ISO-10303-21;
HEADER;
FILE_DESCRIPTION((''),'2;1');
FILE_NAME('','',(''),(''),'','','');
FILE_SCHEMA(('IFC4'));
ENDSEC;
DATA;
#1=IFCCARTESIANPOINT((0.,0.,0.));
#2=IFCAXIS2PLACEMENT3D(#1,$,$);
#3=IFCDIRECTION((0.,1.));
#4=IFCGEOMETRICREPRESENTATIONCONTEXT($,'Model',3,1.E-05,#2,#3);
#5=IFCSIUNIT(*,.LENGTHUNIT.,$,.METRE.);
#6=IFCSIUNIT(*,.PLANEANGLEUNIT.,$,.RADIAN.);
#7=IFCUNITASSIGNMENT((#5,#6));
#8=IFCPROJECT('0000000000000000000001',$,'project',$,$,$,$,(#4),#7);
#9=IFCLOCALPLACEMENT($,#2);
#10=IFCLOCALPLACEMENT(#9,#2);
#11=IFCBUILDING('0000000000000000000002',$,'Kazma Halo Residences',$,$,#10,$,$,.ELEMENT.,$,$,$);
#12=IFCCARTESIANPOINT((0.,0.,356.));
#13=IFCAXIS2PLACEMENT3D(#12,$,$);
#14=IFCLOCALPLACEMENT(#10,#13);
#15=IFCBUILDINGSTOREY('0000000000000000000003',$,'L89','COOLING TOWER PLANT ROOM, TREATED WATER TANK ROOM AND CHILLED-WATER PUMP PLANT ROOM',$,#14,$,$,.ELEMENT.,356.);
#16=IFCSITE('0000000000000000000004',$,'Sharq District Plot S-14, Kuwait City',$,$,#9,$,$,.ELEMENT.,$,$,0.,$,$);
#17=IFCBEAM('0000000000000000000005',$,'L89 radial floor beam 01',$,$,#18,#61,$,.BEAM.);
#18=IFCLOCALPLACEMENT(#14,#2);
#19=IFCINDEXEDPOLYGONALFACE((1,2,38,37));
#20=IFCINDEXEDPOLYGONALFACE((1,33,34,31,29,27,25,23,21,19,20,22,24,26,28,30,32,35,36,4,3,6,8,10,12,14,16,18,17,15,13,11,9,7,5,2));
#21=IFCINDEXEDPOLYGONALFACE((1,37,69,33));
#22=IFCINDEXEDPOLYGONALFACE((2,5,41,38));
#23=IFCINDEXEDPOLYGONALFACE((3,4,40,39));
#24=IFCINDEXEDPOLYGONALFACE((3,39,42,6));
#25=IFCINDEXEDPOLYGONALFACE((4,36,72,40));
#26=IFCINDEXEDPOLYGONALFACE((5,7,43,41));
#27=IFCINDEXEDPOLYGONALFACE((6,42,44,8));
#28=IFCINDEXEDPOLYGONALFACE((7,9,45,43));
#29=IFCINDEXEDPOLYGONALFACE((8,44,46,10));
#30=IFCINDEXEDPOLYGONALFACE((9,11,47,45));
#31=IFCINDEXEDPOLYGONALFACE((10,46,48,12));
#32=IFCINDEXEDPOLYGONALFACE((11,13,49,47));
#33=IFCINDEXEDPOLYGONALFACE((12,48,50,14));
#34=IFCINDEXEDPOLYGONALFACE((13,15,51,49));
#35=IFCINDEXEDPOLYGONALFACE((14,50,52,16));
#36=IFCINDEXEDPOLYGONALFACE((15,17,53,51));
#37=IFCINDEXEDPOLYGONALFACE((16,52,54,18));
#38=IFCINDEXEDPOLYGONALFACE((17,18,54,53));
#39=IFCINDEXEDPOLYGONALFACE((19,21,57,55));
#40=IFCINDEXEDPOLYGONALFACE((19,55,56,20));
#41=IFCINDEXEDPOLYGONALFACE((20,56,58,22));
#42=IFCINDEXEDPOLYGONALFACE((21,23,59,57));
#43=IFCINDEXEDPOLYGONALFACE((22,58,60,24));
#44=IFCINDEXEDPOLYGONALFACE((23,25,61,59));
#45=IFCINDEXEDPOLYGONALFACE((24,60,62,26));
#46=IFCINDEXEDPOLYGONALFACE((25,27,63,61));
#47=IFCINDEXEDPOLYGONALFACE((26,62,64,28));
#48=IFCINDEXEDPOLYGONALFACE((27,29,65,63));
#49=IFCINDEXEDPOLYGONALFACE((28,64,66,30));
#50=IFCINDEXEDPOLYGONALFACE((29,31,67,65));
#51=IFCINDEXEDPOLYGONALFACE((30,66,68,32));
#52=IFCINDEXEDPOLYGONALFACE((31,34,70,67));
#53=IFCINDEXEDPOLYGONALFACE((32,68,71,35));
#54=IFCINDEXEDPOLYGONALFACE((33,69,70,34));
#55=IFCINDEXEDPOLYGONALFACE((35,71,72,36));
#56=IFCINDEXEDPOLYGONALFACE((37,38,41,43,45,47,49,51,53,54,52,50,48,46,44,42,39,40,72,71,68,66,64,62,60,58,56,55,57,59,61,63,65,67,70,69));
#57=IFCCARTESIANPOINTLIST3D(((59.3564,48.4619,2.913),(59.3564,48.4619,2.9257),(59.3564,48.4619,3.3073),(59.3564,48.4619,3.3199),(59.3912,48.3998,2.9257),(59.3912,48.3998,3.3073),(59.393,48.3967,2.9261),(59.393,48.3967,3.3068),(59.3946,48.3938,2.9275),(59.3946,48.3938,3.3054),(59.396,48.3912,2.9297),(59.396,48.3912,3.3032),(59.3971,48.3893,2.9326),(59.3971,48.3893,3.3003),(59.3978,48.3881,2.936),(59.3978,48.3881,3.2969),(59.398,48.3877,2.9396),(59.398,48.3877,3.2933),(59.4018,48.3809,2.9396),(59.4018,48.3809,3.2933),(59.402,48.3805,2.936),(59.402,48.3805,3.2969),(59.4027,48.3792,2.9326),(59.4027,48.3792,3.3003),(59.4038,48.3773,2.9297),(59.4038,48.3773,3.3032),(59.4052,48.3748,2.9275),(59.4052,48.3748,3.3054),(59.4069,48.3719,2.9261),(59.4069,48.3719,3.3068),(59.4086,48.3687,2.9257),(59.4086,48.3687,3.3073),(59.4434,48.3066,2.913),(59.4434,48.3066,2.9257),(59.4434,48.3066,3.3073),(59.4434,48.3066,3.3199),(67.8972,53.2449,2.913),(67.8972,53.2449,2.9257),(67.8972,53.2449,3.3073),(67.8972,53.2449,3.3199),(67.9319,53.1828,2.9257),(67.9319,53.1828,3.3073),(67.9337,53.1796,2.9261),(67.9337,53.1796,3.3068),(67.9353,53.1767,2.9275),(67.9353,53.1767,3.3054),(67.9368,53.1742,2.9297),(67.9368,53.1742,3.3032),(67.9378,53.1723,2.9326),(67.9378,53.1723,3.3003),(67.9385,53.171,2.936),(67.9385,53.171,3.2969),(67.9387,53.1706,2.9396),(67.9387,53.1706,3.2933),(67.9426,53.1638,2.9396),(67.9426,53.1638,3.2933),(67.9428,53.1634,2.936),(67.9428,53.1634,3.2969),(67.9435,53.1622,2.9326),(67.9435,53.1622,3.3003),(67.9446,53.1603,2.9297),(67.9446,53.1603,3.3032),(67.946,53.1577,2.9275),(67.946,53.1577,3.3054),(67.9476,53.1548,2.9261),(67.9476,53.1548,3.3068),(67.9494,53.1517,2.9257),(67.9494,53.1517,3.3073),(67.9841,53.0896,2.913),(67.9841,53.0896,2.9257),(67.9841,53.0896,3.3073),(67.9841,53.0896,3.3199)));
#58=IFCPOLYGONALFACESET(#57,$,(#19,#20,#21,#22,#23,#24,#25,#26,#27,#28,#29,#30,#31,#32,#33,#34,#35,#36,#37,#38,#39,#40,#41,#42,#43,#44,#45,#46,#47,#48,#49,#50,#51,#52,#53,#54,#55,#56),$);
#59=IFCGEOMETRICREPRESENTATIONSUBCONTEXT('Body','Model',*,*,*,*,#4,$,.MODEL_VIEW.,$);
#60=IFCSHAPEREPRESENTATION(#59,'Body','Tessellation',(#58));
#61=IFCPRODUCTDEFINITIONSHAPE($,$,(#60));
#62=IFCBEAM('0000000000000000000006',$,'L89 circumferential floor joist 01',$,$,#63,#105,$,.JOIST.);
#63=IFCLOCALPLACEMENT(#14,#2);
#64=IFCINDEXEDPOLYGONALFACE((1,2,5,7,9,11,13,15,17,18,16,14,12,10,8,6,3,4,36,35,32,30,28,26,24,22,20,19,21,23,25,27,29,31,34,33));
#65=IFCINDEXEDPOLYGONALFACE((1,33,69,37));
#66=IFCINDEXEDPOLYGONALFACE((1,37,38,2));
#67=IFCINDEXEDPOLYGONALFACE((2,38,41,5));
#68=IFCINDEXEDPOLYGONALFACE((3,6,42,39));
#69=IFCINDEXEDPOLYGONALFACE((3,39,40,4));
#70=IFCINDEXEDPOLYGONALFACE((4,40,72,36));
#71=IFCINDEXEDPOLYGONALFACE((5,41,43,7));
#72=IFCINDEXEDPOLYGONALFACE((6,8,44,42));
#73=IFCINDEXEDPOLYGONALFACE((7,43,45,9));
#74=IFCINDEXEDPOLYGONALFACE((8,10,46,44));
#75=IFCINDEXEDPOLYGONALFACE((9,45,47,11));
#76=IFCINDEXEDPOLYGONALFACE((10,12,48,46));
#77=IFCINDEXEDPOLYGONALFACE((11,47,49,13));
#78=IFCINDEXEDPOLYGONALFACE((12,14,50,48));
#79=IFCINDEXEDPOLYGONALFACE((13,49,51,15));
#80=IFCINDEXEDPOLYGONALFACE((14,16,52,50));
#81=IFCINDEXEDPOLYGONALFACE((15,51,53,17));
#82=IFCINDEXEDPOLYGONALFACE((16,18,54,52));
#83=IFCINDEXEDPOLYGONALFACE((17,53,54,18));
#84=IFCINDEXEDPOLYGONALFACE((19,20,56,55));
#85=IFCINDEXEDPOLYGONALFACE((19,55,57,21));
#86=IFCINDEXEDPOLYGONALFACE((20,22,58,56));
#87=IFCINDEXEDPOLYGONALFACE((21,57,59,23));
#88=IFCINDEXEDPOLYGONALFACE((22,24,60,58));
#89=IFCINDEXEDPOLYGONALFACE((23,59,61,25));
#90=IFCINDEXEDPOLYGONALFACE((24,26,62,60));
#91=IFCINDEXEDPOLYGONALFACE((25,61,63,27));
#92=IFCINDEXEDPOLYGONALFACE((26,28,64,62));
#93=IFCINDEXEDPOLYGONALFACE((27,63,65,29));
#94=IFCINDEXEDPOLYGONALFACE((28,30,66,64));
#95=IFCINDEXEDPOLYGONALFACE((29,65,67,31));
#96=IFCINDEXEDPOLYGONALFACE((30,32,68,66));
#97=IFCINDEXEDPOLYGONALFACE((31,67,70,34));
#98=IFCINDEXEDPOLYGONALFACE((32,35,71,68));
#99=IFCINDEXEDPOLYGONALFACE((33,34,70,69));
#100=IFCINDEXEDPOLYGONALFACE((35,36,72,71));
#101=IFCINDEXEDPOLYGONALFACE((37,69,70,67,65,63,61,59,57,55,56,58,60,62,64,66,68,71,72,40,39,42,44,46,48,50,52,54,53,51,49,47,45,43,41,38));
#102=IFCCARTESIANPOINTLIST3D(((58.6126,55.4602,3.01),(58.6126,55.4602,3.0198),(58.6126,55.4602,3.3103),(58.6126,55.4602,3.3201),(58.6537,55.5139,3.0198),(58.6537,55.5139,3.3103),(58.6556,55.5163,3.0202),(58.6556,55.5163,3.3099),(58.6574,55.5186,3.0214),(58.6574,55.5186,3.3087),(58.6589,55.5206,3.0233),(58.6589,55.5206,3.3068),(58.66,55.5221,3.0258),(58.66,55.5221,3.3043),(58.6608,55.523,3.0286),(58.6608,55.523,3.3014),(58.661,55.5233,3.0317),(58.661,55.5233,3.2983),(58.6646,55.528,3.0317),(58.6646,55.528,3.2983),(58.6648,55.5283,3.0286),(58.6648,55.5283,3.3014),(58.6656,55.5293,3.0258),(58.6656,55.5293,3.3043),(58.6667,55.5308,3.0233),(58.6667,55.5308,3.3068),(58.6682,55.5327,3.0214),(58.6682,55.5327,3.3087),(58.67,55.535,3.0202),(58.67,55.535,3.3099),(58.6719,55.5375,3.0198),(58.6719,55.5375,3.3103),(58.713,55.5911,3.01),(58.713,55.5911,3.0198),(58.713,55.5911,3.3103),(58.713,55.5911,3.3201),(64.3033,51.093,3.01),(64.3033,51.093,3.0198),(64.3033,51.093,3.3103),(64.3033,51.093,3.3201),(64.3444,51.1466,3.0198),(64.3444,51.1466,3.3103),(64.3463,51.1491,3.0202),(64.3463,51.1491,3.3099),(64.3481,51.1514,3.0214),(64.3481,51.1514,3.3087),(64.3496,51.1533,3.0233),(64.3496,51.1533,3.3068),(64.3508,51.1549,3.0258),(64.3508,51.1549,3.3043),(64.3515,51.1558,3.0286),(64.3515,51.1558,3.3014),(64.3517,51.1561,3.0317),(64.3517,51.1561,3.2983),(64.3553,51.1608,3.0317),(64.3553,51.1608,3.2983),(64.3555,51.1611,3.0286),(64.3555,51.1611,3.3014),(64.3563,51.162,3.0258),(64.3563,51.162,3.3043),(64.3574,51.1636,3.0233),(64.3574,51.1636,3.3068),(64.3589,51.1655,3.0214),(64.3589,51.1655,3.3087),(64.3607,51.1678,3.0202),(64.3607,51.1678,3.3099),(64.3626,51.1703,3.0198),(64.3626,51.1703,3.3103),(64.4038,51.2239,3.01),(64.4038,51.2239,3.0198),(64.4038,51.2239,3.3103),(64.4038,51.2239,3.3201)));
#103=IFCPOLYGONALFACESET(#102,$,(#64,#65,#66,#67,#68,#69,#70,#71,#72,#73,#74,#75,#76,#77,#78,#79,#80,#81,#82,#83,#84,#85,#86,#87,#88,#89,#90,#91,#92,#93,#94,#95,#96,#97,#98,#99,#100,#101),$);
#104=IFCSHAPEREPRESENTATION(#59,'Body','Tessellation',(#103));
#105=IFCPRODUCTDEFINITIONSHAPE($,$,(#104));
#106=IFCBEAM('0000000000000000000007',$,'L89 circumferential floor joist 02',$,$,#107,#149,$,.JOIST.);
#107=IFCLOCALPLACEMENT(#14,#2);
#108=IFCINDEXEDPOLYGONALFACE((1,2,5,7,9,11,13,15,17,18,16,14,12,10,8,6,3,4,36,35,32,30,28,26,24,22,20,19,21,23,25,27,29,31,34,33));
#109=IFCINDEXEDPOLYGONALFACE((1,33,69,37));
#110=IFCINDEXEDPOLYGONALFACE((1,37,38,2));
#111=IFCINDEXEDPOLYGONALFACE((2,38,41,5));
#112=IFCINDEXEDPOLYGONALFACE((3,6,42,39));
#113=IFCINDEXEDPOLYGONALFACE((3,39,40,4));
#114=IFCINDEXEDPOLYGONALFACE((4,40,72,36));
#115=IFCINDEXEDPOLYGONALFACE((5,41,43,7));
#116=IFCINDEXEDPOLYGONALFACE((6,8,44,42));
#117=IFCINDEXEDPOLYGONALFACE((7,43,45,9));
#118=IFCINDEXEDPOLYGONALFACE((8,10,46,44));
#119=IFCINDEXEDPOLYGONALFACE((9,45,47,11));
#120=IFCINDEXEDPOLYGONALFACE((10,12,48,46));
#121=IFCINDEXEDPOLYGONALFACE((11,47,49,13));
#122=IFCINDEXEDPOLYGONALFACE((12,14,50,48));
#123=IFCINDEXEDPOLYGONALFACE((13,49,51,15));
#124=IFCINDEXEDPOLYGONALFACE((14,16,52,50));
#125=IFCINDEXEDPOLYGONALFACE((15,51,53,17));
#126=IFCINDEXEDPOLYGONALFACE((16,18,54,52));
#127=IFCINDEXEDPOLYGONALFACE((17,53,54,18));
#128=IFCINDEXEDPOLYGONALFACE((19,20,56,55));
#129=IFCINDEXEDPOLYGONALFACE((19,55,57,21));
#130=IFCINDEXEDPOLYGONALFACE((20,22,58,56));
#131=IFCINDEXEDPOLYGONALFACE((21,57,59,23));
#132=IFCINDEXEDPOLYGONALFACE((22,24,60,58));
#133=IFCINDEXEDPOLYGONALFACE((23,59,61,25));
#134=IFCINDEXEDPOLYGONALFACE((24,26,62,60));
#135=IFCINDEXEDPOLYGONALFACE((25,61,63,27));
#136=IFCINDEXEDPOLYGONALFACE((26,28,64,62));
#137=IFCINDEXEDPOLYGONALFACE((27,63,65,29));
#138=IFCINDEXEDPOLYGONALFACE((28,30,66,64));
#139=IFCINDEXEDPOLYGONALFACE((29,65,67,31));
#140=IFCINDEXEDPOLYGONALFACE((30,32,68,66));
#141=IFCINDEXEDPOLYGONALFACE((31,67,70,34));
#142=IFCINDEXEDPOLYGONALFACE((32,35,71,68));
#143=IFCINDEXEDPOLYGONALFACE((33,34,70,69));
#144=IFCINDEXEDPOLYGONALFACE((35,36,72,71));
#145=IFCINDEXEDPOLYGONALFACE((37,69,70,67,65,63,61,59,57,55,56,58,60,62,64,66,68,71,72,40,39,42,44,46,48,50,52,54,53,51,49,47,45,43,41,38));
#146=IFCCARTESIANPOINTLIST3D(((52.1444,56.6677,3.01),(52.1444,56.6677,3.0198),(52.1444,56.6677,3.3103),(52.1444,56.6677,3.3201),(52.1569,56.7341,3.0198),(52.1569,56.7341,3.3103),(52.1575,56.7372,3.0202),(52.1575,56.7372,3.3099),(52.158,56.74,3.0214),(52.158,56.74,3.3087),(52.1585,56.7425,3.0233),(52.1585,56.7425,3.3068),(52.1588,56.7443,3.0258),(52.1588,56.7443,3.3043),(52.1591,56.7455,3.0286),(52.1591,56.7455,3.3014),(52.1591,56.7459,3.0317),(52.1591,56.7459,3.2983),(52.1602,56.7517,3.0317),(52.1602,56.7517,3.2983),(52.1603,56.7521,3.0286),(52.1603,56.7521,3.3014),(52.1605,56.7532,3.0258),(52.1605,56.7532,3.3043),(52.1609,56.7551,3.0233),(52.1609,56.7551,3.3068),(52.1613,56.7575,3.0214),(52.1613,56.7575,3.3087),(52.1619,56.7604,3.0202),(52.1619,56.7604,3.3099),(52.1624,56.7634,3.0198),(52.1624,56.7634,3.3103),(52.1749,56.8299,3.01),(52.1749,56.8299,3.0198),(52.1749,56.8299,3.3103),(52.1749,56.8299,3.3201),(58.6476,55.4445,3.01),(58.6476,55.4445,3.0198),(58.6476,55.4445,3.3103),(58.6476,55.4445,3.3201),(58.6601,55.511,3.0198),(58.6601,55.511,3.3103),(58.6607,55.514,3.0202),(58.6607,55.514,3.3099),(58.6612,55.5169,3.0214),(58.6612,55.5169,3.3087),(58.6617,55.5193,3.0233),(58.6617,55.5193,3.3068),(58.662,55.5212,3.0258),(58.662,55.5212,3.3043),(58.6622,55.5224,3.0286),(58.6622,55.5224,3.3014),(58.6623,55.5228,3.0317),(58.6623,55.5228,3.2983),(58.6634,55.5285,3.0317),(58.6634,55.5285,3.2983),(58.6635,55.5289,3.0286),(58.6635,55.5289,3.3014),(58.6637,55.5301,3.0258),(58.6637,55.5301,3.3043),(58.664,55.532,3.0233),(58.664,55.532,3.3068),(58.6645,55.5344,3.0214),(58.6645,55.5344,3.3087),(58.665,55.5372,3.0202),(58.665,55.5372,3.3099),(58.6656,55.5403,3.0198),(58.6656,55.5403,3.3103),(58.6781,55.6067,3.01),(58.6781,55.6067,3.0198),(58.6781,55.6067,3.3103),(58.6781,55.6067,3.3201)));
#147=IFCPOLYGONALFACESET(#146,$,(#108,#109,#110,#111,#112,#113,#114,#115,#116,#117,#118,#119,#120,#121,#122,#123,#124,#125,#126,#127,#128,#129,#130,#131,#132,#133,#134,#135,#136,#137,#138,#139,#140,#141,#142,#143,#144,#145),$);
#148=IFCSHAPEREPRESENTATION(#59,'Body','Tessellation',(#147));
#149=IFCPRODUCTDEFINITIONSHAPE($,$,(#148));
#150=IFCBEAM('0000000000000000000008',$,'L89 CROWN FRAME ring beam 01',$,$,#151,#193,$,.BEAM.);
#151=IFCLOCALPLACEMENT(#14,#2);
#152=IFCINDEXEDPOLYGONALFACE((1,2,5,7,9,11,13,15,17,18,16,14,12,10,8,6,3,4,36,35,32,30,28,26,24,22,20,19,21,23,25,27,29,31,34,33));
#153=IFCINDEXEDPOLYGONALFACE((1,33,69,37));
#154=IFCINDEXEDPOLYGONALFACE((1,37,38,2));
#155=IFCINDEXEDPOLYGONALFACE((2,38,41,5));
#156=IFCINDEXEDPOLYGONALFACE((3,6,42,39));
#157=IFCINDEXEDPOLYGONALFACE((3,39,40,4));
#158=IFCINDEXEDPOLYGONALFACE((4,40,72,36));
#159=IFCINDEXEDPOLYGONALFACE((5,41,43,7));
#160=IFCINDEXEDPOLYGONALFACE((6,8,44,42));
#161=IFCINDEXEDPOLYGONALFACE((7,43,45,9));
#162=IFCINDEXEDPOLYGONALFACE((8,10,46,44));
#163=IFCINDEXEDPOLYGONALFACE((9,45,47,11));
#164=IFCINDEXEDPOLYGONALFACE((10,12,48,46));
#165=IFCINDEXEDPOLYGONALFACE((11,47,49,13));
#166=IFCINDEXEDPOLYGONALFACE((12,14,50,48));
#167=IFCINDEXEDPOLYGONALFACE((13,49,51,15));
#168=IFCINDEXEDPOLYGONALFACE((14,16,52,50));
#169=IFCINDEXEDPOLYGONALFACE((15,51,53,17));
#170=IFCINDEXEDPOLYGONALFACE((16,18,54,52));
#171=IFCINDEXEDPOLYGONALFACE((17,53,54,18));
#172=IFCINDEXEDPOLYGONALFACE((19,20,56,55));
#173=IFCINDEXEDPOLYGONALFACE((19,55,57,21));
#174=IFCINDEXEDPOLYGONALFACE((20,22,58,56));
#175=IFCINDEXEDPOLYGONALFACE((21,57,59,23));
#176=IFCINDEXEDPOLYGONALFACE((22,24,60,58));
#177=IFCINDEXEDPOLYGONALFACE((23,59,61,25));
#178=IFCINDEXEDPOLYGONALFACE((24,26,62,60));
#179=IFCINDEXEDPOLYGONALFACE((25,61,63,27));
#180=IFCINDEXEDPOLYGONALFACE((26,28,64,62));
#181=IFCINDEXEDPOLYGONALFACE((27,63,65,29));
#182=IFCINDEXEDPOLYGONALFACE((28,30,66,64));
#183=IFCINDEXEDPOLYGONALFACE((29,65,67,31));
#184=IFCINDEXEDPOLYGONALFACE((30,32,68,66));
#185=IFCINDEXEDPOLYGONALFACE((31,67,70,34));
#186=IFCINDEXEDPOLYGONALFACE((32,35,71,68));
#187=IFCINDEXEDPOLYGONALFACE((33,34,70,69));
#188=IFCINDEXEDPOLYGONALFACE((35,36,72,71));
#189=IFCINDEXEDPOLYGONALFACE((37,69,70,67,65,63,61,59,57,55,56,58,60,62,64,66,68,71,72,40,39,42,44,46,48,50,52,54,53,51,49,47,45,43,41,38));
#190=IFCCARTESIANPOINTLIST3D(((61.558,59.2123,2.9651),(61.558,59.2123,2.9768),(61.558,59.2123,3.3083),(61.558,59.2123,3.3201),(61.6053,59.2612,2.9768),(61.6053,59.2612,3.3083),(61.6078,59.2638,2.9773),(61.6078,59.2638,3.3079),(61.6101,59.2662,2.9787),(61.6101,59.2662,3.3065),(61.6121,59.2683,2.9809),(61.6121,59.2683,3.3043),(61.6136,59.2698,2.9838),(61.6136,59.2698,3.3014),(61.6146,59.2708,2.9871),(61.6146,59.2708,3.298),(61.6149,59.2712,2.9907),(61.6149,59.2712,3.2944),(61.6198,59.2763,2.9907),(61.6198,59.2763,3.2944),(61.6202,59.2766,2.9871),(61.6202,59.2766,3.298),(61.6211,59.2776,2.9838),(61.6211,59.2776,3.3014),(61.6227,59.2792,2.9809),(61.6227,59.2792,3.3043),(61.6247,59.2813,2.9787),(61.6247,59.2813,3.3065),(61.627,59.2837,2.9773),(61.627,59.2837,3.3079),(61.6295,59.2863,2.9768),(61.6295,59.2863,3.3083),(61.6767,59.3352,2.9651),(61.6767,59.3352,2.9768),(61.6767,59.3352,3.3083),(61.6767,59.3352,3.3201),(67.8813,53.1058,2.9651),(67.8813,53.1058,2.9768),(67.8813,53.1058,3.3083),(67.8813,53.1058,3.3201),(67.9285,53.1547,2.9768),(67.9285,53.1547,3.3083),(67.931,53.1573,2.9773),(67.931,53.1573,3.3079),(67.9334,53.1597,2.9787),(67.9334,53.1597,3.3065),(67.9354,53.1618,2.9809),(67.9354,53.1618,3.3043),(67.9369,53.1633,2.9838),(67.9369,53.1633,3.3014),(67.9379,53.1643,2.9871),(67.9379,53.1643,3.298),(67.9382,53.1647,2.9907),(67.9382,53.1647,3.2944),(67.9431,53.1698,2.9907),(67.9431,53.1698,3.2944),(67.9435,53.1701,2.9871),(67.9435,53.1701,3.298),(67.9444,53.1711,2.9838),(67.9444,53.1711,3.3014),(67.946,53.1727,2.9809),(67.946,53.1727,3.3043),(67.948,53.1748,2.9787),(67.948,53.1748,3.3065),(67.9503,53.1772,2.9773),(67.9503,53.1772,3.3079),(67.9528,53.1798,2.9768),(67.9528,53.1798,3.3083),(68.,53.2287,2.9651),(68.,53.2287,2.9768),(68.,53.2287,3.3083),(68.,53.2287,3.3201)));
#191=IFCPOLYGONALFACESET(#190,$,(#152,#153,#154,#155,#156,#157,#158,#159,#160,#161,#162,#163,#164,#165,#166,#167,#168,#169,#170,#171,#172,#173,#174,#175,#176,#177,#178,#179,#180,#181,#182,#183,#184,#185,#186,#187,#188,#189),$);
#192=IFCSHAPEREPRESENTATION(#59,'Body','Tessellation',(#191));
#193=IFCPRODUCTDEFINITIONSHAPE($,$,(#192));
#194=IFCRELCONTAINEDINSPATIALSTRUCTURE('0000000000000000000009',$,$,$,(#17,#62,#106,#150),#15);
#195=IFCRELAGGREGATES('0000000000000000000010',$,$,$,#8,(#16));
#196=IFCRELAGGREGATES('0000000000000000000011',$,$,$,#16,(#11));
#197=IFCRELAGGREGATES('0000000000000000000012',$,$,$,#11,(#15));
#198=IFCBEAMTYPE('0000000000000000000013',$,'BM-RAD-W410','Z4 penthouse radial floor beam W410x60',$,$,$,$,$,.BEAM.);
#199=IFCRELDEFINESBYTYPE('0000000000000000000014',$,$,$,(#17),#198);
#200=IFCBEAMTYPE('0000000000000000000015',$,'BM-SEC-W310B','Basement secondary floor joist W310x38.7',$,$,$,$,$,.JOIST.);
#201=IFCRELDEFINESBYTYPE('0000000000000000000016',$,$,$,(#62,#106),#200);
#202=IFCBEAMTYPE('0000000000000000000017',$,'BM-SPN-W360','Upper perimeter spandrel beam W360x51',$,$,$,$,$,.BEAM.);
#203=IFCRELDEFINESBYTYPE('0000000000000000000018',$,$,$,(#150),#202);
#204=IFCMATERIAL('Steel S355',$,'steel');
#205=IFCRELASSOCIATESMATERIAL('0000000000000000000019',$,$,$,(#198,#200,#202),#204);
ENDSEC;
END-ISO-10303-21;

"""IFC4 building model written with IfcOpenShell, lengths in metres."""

from ifc_helpers import new_model, si_unit, direction, frame, origin, origin_2d, place, context, subcontext, project, spatial, i_section, extrude, material, material_profile, profile_set, type_object, element, save


model = new_model("IFC4")

# Units and contexts
model_context = context("Model", 3, precision=1e-05, world=origin(), true_north=direction((0.0, 1.0)))
body_context = subcontext(model_context, "Body", "Model", "MODEL_VIEW")
ifc_project = project(units=[si_unit("LENGTHUNIT", "METRE"), si_unit("PLANEANGLEUNIT", "RADIAN")], contexts=[model_context])

# Site, building, storey
site_placement = place(None, origin())
site = spatial("IfcSite", under=ifc_project, at=site_placement, Name="Sharq District Plot S-14, Kuwait City", CompositionType="ELEMENT", RefElevation=0.0)
building_placement = place(site_placement, origin())
building = spatial("IfcBuilding", under=site, at=building_placement, Name="Kazma Halo Residences", CompositionType="ELEMENT")
storey_placement = place(building_placement, frame((0.0, 0.0, 356.0)))
storey = spatial("IfcBuildingStorey", under=building, at=storey_placement, Name="L89", Description="COOLING TOWER PLANT ROOM, TREATED WATER TANK ROOM AND CHILLED-WATER PUMP PLANT ROOM", CompositionType="ELEMENT", Elevation=356.0)

# Shared definitions
ifc_material_1 = material(Name="Steel S355", Category="steel")

# Beams
ifc_material_profile_1 = material_profile(ifc_material_1, i_section(OverallWidth=0.178, OverallDepth=0.407, WebThickness=0.0078, FlangeThickness=0.0127, FilletRadius=0.0139, at=origin_2d()), Name="W410x60")
ifc_profile_set_1 = profile_set([ifc_material_profile_1], Name="Steel S355")
beam_type_1 = type_object("IfcBeamType", Name="BM-RAD-W410", Description="Z4 penthouse radial floor beam W410x60", PredefinedType="BEAM", material=ifc_profile_set_1)
beam_1_placement = place(storey_placement, frame((59.3999, 48.3843, 3.1165), z_axis=(0.8725, 0.488613, 0.0), x_axis=(-0.488613, 0.8725, 0.0)))
element("IfcBeam", 1, at=beam_1_placement, inside=storey, type_object=beam_type_1, Name="L89 radial floor beam 01", PredefinedType="BEAM", context=body_context, shape_type="SweptSolid", body=[
    extrude(i_section(OverallWidth=0.178, OverallDepth=0.407, WebThickness=0.0078, FlangeThickness=0.0127, FilletRadius=0.0139, at=origin_2d()), origin(), (0.0, 0.0, 1.0), 9.7888),
])
ifc_material_profile_2 = material_profile(ifc_material_1, i_section(OverallWidth=0.165, OverallDepth=0.3101, WebThickness=0.0059, FlangeThickness=0.0098, FilletRadius=0.012, at=origin_2d()), Name="W310x38.7")
ifc_profile_set_2 = profile_set([ifc_material_profile_2], Name="Steel S355")
beam_type_2 = type_object("IfcBeamType", Name="BM-SEC-W310B", Description="Basement secondary floor joist W310x38.7", PredefinedType="JOIST", material=ifc_profile_set_2)
beam_2_placement = place(storey_placement, frame((64.3535, 51.1584, 3.165), z_axis=(-0.793314, 0.608812, 0.0), x_axis=(-0.608812, -0.793314, 0.0)))
element("IfcBeam", 2, at=beam_2_placement, inside=storey, type_object=beam_type_2, Name="L89 circumferential floor joist 01", PredefinedType="JOIST", context=body_context, shape_type="SweptSolid", body=[
    extrude(i_section(OverallWidth=0.165, OverallDepth=0.3101, WebThickness=0.0059, FlangeThickness=0.0098, FilletRadius=0.012, at=origin_2d()), origin(), (0.0, 0.0, 1.0), 7.1733),
])
beam_3_placement = place(storey_placement, frame((58.6628, 55.5256, 3.165), z_axis=(-0.982768, 0.184843, 0.0), x_axis=(-0.184843, -0.982768, 0.0)))
element("IfcBeam", 3, at=beam_3_placement, inside=storey, type_object=beam_type_2, Name="L89 circumferential floor joist 02", PredefinedType="JOIST", context=body_context, shape_type="SweptSolid", body=[
    extrude(i_section(OverallWidth=0.165, OverallDepth=0.3101, WebThickness=0.0059, FlangeThickness=0.0098, FilletRadius=0.012, at=origin_2d()), origin(), (0.0, 0.0, 1.0), 6.6172),
])
ifc_material_profile_3 = material_profile(ifc_material_1, i_section(OverallWidth=0.1709, OverallDepth=0.355, WebThickness=0.0071, FlangeThickness=0.0117, FilletRadius=0.0139, at=origin_2d()), Name="W360x51")
ifc_profile_set_3 = profile_set([ifc_material_profile_3], Name="Steel S355")
beam_type_3 = type_object("IfcBeamType", Name="BM-SPN-W360", Description="Upper perimeter spandrel beam W360x51", PredefinedType="BEAM", material=ifc_profile_set_3)
beam_4_placement = place(storey_placement, frame((67.9407, 53.1672, 3.1426), z_axis=(-0.719331, 0.694668, 0.0), x_axis=(-0.694668, -0.719331, 0.0)))
element("IfcBeam", 4, at=beam_4_placement, inside=storey, type_object=beam_type_3, Name="L89 CROWN FRAME ring beam 01", PredefinedType="BEAM", context=body_context, shape_type="SweptSolid", body=[
    extrude(i_section(OverallWidth=0.1709, OverallDepth=0.355, WebThickness=0.0071, FlangeThickness=0.0117, FilletRadius=0.0139, at=origin_2d()), origin(), (0.0, 0.0, 1.0), 8.7905),
])

save(model, "model.ifc")
